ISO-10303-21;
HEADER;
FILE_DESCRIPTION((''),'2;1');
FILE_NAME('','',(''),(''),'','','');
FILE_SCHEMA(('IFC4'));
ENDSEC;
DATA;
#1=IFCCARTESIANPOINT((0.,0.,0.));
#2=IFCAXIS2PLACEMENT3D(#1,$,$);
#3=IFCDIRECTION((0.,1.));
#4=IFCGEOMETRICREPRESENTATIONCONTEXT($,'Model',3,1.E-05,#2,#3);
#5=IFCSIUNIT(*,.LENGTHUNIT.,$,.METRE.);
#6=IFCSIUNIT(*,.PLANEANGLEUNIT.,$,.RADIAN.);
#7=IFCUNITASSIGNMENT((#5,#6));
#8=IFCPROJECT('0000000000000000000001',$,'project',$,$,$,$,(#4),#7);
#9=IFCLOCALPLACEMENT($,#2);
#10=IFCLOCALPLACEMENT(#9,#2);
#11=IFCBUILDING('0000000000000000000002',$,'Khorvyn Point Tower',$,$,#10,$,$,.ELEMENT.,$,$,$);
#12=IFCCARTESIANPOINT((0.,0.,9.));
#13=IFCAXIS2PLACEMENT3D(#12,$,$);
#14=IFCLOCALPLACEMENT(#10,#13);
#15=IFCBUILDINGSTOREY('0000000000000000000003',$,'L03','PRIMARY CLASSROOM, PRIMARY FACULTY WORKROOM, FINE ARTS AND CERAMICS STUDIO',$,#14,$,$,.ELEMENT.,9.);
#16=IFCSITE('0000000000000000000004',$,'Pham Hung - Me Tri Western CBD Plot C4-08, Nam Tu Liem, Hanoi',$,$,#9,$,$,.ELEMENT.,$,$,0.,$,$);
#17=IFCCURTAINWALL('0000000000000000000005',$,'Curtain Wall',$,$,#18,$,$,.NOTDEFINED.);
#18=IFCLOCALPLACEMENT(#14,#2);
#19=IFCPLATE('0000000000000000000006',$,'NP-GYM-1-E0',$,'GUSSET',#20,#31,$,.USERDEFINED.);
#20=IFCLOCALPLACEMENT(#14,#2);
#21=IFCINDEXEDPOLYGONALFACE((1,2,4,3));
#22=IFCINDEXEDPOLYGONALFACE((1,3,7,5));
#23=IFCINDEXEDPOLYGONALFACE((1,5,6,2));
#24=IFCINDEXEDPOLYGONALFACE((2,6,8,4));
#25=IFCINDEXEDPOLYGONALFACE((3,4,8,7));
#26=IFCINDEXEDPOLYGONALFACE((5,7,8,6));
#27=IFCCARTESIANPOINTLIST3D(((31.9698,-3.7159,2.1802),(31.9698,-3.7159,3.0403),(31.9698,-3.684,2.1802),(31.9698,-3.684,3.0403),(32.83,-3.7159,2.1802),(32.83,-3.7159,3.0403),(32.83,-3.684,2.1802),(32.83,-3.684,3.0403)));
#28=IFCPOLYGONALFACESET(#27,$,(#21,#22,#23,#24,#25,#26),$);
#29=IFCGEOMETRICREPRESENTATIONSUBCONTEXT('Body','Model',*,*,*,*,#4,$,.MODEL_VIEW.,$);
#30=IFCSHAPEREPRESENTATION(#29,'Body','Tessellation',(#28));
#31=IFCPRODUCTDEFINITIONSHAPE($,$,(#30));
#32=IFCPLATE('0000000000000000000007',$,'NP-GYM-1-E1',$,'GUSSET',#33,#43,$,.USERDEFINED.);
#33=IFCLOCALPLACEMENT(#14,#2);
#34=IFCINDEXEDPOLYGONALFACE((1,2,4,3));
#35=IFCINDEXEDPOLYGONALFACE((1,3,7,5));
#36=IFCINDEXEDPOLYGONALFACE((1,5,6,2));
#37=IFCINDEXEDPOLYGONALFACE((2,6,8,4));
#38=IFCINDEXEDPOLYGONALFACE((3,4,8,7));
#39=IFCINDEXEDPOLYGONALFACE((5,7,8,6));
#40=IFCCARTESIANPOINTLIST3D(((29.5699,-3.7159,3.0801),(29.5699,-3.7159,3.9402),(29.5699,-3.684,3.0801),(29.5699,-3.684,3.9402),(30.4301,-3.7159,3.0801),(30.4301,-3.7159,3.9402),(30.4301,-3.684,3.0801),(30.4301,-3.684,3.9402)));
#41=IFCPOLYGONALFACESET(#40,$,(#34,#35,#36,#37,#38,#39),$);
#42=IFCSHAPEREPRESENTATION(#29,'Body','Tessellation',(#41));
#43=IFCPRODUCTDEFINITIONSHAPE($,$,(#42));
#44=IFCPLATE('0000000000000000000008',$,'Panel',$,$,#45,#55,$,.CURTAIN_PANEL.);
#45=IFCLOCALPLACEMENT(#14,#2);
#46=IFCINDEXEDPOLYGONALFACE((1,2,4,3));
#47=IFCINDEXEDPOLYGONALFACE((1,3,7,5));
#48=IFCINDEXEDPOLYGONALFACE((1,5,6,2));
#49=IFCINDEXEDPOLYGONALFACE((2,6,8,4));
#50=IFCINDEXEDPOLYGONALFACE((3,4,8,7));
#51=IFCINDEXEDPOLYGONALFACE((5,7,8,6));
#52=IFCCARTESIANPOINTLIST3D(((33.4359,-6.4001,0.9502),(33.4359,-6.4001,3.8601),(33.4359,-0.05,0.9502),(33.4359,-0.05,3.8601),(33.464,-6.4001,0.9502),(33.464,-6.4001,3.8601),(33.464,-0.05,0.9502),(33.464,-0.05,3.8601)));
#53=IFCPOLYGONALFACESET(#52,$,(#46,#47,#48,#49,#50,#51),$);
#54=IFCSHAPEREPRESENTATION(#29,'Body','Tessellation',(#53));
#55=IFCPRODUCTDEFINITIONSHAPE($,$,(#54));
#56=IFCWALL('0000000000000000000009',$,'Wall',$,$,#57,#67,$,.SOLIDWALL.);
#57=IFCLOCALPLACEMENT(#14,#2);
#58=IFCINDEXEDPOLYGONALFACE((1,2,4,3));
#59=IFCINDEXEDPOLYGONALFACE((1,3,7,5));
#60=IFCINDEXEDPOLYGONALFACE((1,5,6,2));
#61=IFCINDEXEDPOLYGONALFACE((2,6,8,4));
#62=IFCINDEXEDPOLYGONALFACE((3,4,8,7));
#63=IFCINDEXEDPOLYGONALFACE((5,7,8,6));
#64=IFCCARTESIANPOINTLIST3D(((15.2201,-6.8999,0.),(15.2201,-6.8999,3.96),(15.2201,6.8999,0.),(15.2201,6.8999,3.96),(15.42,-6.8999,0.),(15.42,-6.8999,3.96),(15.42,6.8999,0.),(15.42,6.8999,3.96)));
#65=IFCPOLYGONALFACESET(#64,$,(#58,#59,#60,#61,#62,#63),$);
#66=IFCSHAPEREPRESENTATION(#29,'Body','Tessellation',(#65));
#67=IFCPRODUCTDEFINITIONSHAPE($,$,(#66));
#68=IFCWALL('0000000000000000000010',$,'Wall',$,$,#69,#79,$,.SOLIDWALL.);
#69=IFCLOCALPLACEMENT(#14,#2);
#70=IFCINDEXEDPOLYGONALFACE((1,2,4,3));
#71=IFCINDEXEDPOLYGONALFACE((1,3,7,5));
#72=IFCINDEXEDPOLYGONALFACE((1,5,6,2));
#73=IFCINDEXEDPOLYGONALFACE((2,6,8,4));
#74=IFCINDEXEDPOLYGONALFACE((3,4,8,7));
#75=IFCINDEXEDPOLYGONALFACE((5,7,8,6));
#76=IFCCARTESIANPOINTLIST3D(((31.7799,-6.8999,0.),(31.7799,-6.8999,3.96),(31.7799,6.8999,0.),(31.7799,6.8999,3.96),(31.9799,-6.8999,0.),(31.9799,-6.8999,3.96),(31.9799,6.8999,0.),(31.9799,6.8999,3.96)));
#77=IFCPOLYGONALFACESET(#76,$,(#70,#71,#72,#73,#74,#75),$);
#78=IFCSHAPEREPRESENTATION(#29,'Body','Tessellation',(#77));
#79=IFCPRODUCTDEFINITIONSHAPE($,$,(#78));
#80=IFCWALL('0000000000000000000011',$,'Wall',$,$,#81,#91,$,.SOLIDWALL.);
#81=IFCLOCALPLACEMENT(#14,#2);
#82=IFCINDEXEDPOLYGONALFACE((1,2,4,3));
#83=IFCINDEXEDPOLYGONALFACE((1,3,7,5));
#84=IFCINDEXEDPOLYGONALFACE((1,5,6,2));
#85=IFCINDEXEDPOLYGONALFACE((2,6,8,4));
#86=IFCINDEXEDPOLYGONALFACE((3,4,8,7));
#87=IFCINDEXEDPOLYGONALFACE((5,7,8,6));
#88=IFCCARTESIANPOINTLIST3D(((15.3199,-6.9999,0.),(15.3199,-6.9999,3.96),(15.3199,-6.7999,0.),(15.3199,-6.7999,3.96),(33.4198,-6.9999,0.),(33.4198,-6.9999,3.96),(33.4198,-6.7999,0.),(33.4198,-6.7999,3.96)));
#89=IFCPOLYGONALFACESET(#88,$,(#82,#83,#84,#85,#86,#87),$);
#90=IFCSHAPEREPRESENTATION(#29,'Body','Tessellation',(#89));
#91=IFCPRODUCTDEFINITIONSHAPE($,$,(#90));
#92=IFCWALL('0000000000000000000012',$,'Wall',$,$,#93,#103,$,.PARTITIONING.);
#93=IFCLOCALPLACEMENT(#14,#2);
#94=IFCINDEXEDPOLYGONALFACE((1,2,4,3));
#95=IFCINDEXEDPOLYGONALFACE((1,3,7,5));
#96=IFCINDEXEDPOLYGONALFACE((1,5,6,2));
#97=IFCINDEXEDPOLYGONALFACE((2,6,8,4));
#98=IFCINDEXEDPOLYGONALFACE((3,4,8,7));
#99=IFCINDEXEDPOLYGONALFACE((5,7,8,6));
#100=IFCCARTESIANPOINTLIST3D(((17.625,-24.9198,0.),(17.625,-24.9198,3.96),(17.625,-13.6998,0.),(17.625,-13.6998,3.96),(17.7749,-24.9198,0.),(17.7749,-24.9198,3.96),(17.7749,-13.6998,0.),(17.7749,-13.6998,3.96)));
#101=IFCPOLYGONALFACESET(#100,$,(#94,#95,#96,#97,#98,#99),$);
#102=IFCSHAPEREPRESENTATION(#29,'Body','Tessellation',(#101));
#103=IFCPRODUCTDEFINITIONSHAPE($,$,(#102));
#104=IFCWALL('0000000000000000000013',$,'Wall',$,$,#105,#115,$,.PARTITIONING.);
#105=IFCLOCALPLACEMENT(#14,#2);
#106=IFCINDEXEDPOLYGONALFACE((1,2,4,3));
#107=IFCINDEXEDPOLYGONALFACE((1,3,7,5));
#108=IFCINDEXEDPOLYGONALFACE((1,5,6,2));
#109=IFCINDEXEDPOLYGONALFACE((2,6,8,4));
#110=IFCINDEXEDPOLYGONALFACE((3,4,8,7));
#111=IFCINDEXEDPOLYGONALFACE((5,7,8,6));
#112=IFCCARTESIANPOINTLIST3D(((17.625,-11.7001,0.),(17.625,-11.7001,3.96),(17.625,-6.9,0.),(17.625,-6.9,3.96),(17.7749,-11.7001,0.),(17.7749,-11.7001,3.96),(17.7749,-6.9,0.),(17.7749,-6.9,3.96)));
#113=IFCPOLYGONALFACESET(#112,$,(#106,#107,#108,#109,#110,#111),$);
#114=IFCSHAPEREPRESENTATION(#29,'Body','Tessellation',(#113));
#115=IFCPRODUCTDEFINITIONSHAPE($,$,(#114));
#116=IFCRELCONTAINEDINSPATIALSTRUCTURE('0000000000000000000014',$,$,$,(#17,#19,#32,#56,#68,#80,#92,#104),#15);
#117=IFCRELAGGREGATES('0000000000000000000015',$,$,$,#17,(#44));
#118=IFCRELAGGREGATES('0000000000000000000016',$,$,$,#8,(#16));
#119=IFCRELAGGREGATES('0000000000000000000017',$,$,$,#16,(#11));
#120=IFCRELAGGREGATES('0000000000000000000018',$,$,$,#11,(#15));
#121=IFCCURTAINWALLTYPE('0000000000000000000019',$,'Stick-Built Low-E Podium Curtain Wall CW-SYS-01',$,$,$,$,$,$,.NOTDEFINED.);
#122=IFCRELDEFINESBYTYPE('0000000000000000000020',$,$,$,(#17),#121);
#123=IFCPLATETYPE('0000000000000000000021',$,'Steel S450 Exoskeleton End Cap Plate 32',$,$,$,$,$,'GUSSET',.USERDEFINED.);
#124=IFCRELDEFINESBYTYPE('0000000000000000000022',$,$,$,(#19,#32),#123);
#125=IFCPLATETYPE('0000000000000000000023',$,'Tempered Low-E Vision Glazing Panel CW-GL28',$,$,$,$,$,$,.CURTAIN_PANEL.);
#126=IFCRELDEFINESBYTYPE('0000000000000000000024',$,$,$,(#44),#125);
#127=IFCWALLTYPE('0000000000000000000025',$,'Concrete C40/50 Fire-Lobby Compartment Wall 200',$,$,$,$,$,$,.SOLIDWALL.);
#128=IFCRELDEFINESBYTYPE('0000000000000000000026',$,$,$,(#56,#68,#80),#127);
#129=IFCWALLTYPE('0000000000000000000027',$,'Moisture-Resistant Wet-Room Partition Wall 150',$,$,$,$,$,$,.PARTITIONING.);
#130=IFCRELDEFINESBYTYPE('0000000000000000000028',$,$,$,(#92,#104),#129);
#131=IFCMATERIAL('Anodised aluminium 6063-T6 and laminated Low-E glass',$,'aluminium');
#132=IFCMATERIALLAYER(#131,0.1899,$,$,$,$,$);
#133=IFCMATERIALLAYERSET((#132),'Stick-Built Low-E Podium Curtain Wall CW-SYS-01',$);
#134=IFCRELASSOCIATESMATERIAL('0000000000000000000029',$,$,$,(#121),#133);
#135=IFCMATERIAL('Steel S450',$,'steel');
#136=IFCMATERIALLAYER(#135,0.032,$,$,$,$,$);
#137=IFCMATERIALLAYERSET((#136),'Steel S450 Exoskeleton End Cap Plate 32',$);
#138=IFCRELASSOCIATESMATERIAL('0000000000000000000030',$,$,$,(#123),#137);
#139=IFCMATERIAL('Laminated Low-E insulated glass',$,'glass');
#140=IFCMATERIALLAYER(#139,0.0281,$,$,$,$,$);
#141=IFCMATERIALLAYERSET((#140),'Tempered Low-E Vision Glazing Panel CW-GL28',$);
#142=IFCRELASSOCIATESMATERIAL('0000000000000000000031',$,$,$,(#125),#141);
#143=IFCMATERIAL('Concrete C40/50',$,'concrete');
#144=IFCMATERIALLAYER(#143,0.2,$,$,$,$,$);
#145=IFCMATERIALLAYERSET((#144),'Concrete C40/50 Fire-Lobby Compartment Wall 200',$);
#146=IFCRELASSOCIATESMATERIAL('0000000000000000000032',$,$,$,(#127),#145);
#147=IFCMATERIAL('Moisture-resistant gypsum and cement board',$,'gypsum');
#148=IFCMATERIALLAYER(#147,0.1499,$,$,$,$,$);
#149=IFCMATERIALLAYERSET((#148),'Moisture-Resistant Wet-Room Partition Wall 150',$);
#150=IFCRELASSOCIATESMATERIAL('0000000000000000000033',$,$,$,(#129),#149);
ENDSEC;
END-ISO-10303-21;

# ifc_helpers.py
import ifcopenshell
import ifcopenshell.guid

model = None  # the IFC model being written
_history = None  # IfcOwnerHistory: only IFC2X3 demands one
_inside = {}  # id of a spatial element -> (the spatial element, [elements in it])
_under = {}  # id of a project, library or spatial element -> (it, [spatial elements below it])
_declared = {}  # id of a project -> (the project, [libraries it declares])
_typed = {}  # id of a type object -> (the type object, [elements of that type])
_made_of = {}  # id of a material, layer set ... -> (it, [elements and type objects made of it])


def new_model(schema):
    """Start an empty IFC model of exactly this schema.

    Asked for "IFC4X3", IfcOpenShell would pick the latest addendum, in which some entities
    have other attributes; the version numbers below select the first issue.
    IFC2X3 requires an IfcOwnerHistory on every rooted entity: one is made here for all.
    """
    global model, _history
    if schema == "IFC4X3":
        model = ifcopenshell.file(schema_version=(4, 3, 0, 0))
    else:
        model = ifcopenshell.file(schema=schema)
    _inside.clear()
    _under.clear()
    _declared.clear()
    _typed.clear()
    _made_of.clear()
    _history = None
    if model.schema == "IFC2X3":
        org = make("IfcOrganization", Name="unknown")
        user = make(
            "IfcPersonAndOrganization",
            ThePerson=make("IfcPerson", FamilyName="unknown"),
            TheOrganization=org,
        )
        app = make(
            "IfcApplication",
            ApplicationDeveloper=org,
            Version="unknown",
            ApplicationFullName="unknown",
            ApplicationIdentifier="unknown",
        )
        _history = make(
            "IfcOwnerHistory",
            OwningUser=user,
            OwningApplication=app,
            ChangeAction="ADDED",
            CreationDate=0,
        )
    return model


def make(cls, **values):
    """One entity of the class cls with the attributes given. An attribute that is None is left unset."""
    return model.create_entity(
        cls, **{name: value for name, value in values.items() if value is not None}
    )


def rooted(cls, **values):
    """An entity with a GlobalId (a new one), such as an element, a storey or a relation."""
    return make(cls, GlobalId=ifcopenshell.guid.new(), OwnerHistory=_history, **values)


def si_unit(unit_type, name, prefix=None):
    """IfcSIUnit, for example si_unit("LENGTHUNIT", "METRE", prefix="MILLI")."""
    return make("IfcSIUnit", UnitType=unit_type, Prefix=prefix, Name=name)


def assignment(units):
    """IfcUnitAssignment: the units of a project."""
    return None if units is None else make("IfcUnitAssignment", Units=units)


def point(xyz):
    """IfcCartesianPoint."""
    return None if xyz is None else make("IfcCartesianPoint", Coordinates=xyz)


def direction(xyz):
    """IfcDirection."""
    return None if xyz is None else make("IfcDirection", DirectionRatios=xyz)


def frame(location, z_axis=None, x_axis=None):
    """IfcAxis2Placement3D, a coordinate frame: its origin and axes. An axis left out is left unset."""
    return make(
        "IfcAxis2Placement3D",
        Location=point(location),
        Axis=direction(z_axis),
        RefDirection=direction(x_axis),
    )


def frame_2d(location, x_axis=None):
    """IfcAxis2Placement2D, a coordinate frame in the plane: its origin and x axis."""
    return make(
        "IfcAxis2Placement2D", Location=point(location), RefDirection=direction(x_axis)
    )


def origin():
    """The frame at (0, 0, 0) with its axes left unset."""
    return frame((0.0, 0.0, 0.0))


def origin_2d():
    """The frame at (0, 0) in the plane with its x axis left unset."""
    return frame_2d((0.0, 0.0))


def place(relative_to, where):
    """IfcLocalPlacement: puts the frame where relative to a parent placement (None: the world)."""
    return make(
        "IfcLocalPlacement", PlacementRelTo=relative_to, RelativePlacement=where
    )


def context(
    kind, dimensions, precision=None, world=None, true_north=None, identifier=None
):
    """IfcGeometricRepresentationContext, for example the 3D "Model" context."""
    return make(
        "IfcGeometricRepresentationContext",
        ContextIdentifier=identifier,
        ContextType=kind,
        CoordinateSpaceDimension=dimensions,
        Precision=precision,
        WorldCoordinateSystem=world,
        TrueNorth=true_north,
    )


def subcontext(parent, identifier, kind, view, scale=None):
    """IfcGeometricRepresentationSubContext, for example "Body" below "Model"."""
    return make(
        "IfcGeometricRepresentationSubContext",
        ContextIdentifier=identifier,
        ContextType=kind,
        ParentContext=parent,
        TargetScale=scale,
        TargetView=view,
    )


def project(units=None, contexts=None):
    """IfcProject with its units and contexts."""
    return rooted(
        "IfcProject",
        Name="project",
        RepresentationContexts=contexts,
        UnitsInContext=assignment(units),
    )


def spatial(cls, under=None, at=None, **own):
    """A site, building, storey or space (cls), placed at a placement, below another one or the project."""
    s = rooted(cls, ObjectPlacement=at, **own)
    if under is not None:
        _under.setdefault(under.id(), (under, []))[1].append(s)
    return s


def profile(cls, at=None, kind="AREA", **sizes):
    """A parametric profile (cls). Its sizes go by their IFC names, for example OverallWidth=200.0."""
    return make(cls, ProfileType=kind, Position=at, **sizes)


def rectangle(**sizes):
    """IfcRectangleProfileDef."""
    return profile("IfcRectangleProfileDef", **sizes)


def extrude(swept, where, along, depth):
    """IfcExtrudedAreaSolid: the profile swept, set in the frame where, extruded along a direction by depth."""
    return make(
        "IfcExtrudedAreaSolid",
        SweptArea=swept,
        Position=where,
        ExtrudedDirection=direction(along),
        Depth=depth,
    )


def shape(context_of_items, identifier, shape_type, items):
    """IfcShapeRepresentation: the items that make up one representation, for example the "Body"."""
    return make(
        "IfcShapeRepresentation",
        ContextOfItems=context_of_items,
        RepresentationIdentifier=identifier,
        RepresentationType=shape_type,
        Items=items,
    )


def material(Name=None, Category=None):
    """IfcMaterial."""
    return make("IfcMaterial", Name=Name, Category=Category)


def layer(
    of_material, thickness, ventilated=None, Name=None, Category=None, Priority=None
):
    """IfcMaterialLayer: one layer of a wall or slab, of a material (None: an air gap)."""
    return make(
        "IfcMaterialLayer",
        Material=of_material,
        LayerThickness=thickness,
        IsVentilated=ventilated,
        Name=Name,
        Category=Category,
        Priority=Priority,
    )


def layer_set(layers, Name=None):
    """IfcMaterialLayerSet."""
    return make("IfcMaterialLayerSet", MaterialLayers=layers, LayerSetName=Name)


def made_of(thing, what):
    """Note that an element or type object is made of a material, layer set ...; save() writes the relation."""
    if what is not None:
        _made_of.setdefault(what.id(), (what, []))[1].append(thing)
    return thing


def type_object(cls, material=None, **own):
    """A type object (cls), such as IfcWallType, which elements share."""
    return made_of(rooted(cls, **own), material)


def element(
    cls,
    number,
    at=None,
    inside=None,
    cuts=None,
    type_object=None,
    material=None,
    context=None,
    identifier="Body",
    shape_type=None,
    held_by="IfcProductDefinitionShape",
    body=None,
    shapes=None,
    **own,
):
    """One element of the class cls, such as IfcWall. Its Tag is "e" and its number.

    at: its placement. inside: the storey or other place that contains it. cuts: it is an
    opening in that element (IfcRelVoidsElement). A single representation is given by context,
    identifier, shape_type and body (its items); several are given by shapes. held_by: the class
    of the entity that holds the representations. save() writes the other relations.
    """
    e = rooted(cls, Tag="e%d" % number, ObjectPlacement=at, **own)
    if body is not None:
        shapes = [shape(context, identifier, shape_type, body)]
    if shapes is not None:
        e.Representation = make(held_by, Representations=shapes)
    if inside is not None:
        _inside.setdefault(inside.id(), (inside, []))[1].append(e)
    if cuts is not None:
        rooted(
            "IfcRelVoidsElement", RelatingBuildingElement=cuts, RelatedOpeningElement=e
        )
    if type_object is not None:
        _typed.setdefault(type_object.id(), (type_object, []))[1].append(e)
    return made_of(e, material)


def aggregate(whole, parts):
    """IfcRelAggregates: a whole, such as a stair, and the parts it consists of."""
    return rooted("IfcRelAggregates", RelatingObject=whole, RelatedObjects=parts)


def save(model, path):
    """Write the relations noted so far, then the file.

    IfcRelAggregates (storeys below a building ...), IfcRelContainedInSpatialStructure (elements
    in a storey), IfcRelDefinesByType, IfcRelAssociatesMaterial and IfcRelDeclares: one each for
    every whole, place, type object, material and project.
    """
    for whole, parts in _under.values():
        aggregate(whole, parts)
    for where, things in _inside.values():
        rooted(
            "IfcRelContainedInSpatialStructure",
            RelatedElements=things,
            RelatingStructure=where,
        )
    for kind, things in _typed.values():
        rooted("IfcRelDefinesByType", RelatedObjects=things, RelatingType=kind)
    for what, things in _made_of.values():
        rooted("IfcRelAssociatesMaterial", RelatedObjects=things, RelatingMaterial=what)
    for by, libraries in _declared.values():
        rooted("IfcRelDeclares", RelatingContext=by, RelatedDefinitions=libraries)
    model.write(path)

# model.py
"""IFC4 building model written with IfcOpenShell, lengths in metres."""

from ifc_helpers import new_model, si_unit, direction, frame, frame_2d, origin, origin_2d, place, context, subcontext, project, spatial, rectangle, extrude, material, layer, layer_set, type_object, element, aggregate, save


model = new_model("IFC4")

# Units and contexts
model_context = context("Model", 3, precision=1e-05, world=origin(), true_north=direction((0.0, 1.0)))
body_context = subcontext(model_context, "Body", "Model", "MODEL_VIEW")
ifc_project = project(units=[si_unit("LENGTHUNIT", "METRE"), si_unit("PLANEANGLEUNIT", "RADIAN")], contexts=[model_context])

# Site, building, storey
site_placement = place(None, origin())
site = spatial("IfcSite", under=ifc_project, at=site_placement, Name="Pham Hung - Me Tri Western CBD Plot C4-08, Nam Tu Liem, Hanoi", CompositionType="ELEMENT", RefElevation=0.0)
building_placement = place(site_placement, origin())
building = spatial("IfcBuilding", under=site, at=building_placement, Name="Khorvyn Point Tower", CompositionType="ELEMENT")
storey_placement = place(building_placement, frame((0.0, 0.0, 9.0)))
storey = spatial("IfcBuildingStorey", under=building, at=storey_placement, Name="L03", Description="PRIMARY CLASSROOM, PRIMARY FACULTY WORKROOM, FINE ARTS AND CERAMICS STUDIO", CompositionType="ELEMENT", Elevation=9.0)

# Shared definitions
ifc_material_1 = material(Name="Concrete C40/50", Category="concrete")

# Curtain wall
ifc_material_2 = material(Name="Anodised aluminium 6063-T6 and laminated Low-E glass", Category="aluminium")
ifc_layer_1 = layer(ifc_material_2, 0.1899)
ifc_layer_set_1 = layer_set([ifc_layer_1], Name="Stick-Built Low-E Podium Curtain Wall CW-SYS-01")
curtain_wall_type = type_object("IfcCurtainWallType", Name="Stick-Built Low-E Podium Curtain Wall CW-SYS-01", PredefinedType="NOTDEFINED", material=ifc_layer_set_1)
curtain_wall_placement = place(storey_placement, origin())
curtain_wall = element("IfcCurtainWall", 1, at=curtain_wall_placement, inside=storey, type_object=curtain_wall_type, Name="Curtain Wall", PredefinedType="NOTDEFINED")

# Shared definitions
ifc_material_3 = material(Name="Steel S450", Category="steel")

# Plates
ifc_layer_2 = layer(ifc_material_3, 0.032)
ifc_layer_set_2 = layer_set([ifc_layer_2], Name="Steel S450 Exoskeleton End Cap Plate 32")
plate_type_1 = type_object("IfcPlateType", Name="Steel S450 Exoskeleton End Cap Plate 32", ElementType="GUSSET", PredefinedType="USERDEFINED", material=ifc_layer_set_2)
for number, where, z_axis, x_axis, name in (
    (2, (32.3999, -3.7, 2.1802), (0.0, 0.0, 1.0), (1.0, 0.0, 0.0), "NP-GYM-1-E0"),
    (3, (30.0, -3.7, 3.0801), (0.0, 0.0, 1.0), (1.0, 0.0, 0.0), "NP-GYM-1-E1"),
):
    element("IfcPlate", number, at=place(storey_placement, frame(where, z_axis=z_axis, x_axis=x_axis)), inside=storey, type_object=plate_type_1, Name=name, ObjectType="GUSSET", PredefinedType="USERDEFINED", context=body_context, shape_type="SweptSolid", body=[
        extrude(rectangle(XDim=0.8601, YDim=0.032, at=origin_2d()), origin(), (0.0, 0.0, 1.0), 0.8601),
    ])

# Plate
ifc_material_4 = material(Name="Laminated Low-E insulated glass", Category="glass")
ifc_layer_3 = layer(ifc_material_4, 0.0281)
ifc_layer_set_3 = layer_set([ifc_layer_3], Name="Tempered Low-E Vision Glazing Panel CW-GL28")
plate_type_2 = type_object("IfcPlateType", Name="Tempered Low-E Vision Glazing Panel CW-GL28", PredefinedType="CURTAIN_PANEL", material=ifc_layer_set_3)
plate_1_placement = place(storey_placement, frame((33.45, -3.2251, 0.9502), z_axis=(0.0, 0.0, 1.0), x_axis=(0.0, 1.0, 0.0)))
plate_1 = element("IfcPlate", 4, at=plate_1_placement, type_object=plate_type_2, Name="Panel", PredefinedType="CURTAIN_PANEL", context=body_context, shape_type="SweptSolid", body=[
    extrude(rectangle(XDim=6.3501, YDim=0.0281, at=origin_2d()), origin(), (0.0, 0.0, 1.0), 2.9099),
])
aggregate(curtain_wall, [plate_1])

# Walls
ifc_layer_4 = layer(ifc_material_1, 0.2)
ifc_layer_set_4 = layer_set([ifc_layer_4], Name="Concrete C40/50 Fire-Lobby Compartment Wall 200")
wall_type_1 = type_object("IfcWallType", Name="Concrete C40/50 Fire-Lobby Compartment Wall 200", PredefinedType="SOLIDWALL", material=ifc_layer_set_4)
for number, where, z_axis, x_axis, name in (
    (5, (15.3201, -6.8999, 0.0), (0.0, 0.0, 1.0), (0.0, 1.0, 0.0), "Wall"),
    (6, (31.8799, -6.8999, 0.0), (0.0, 0.0, 1.0), (0.0, 1.0, 0.0), "Wall"),
):
    element("IfcWall", number, at=place(storey_placement, frame(where, z_axis=z_axis, x_axis=x_axis)), inside=storey, type_object=wall_type_1, Name=name, PredefinedType="SOLIDWALL", context=body_context, shape_type="SweptSolid", body=[
        extrude(rectangle(XDim=13.7998, YDim=0.2, at=frame_2d((6.8999, 0.0))), origin(), (0.0, 0.0, 1.0), 3.96),
    ])
wall_1_placement = place(storey_placement, frame((15.3201, -6.8999, 0.0), z_axis=(0.0, 0.0, 1.0), x_axis=(1.0, 0.0, 0.0)))
element("IfcWall", 7, at=wall_1_placement, inside=storey, type_object=wall_type_1, Name="Wall", PredefinedType="SOLIDWALL", context=body_context, shape_type="SweptSolid", body=[
    extrude(rectangle(XDim=18.0999, YDim=0.2, at=frame_2d((9.0498, 0.0))), origin(), (0.0, 0.0, 1.0), 3.96),
])
ifc_material_5 = material(Name="Moisture-resistant gypsum and cement board", Category="gypsum")
ifc_layer_5 = layer(ifc_material_5, 0.1499)
ifc_layer_set_5 = layer_set([ifc_layer_5], Name="Moisture-Resistant Wet-Room Partition Wall 150")
wall_type_2 = type_object("IfcWallType", Name="Moisture-Resistant Wet-Room Partition Wall 150", PredefinedType="PARTITIONING", material=ifc_layer_set_5)
wall_2_placement = place(storey_placement, frame((17.7, -13.7, 0.0), z_axis=(0.0, 0.0, 1.0), x_axis=(0.0, -1.0, 0.0)))
element("IfcWall", 8, at=wall_2_placement, inside=storey, type_object=wall_type_2, Name="Wall", PredefinedType="PARTITIONING", context=body_context, shape_type="SweptSolid", body=[
    extrude(rectangle(XDim=11.22, YDim=0.1499, at=frame_2d((5.6099, 0.0))), origin(), (0.0, 0.0, 1.0), 3.96),
])
wall_3_placement = place(storey_placement, frame((17.7, -11.7, 0.0), z_axis=(0.0, 0.0, 1.0), x_axis=(0.0, 1.0, 0.0)))
element("IfcWall", 9, at=wall_3_placement, inside=storey, type_object=wall_type_2, Name="Wall", PredefinedType="PARTITIONING", context=body_context, shape_type="SweptSolid", body=[
    extrude(rectangle(XDim=4.8, YDim=0.1499, at=frame_2d((2.3999, 0.0))), origin(), (0.0, 0.0, 1.0), 3.96),
])

save(model, "model.ifc")
